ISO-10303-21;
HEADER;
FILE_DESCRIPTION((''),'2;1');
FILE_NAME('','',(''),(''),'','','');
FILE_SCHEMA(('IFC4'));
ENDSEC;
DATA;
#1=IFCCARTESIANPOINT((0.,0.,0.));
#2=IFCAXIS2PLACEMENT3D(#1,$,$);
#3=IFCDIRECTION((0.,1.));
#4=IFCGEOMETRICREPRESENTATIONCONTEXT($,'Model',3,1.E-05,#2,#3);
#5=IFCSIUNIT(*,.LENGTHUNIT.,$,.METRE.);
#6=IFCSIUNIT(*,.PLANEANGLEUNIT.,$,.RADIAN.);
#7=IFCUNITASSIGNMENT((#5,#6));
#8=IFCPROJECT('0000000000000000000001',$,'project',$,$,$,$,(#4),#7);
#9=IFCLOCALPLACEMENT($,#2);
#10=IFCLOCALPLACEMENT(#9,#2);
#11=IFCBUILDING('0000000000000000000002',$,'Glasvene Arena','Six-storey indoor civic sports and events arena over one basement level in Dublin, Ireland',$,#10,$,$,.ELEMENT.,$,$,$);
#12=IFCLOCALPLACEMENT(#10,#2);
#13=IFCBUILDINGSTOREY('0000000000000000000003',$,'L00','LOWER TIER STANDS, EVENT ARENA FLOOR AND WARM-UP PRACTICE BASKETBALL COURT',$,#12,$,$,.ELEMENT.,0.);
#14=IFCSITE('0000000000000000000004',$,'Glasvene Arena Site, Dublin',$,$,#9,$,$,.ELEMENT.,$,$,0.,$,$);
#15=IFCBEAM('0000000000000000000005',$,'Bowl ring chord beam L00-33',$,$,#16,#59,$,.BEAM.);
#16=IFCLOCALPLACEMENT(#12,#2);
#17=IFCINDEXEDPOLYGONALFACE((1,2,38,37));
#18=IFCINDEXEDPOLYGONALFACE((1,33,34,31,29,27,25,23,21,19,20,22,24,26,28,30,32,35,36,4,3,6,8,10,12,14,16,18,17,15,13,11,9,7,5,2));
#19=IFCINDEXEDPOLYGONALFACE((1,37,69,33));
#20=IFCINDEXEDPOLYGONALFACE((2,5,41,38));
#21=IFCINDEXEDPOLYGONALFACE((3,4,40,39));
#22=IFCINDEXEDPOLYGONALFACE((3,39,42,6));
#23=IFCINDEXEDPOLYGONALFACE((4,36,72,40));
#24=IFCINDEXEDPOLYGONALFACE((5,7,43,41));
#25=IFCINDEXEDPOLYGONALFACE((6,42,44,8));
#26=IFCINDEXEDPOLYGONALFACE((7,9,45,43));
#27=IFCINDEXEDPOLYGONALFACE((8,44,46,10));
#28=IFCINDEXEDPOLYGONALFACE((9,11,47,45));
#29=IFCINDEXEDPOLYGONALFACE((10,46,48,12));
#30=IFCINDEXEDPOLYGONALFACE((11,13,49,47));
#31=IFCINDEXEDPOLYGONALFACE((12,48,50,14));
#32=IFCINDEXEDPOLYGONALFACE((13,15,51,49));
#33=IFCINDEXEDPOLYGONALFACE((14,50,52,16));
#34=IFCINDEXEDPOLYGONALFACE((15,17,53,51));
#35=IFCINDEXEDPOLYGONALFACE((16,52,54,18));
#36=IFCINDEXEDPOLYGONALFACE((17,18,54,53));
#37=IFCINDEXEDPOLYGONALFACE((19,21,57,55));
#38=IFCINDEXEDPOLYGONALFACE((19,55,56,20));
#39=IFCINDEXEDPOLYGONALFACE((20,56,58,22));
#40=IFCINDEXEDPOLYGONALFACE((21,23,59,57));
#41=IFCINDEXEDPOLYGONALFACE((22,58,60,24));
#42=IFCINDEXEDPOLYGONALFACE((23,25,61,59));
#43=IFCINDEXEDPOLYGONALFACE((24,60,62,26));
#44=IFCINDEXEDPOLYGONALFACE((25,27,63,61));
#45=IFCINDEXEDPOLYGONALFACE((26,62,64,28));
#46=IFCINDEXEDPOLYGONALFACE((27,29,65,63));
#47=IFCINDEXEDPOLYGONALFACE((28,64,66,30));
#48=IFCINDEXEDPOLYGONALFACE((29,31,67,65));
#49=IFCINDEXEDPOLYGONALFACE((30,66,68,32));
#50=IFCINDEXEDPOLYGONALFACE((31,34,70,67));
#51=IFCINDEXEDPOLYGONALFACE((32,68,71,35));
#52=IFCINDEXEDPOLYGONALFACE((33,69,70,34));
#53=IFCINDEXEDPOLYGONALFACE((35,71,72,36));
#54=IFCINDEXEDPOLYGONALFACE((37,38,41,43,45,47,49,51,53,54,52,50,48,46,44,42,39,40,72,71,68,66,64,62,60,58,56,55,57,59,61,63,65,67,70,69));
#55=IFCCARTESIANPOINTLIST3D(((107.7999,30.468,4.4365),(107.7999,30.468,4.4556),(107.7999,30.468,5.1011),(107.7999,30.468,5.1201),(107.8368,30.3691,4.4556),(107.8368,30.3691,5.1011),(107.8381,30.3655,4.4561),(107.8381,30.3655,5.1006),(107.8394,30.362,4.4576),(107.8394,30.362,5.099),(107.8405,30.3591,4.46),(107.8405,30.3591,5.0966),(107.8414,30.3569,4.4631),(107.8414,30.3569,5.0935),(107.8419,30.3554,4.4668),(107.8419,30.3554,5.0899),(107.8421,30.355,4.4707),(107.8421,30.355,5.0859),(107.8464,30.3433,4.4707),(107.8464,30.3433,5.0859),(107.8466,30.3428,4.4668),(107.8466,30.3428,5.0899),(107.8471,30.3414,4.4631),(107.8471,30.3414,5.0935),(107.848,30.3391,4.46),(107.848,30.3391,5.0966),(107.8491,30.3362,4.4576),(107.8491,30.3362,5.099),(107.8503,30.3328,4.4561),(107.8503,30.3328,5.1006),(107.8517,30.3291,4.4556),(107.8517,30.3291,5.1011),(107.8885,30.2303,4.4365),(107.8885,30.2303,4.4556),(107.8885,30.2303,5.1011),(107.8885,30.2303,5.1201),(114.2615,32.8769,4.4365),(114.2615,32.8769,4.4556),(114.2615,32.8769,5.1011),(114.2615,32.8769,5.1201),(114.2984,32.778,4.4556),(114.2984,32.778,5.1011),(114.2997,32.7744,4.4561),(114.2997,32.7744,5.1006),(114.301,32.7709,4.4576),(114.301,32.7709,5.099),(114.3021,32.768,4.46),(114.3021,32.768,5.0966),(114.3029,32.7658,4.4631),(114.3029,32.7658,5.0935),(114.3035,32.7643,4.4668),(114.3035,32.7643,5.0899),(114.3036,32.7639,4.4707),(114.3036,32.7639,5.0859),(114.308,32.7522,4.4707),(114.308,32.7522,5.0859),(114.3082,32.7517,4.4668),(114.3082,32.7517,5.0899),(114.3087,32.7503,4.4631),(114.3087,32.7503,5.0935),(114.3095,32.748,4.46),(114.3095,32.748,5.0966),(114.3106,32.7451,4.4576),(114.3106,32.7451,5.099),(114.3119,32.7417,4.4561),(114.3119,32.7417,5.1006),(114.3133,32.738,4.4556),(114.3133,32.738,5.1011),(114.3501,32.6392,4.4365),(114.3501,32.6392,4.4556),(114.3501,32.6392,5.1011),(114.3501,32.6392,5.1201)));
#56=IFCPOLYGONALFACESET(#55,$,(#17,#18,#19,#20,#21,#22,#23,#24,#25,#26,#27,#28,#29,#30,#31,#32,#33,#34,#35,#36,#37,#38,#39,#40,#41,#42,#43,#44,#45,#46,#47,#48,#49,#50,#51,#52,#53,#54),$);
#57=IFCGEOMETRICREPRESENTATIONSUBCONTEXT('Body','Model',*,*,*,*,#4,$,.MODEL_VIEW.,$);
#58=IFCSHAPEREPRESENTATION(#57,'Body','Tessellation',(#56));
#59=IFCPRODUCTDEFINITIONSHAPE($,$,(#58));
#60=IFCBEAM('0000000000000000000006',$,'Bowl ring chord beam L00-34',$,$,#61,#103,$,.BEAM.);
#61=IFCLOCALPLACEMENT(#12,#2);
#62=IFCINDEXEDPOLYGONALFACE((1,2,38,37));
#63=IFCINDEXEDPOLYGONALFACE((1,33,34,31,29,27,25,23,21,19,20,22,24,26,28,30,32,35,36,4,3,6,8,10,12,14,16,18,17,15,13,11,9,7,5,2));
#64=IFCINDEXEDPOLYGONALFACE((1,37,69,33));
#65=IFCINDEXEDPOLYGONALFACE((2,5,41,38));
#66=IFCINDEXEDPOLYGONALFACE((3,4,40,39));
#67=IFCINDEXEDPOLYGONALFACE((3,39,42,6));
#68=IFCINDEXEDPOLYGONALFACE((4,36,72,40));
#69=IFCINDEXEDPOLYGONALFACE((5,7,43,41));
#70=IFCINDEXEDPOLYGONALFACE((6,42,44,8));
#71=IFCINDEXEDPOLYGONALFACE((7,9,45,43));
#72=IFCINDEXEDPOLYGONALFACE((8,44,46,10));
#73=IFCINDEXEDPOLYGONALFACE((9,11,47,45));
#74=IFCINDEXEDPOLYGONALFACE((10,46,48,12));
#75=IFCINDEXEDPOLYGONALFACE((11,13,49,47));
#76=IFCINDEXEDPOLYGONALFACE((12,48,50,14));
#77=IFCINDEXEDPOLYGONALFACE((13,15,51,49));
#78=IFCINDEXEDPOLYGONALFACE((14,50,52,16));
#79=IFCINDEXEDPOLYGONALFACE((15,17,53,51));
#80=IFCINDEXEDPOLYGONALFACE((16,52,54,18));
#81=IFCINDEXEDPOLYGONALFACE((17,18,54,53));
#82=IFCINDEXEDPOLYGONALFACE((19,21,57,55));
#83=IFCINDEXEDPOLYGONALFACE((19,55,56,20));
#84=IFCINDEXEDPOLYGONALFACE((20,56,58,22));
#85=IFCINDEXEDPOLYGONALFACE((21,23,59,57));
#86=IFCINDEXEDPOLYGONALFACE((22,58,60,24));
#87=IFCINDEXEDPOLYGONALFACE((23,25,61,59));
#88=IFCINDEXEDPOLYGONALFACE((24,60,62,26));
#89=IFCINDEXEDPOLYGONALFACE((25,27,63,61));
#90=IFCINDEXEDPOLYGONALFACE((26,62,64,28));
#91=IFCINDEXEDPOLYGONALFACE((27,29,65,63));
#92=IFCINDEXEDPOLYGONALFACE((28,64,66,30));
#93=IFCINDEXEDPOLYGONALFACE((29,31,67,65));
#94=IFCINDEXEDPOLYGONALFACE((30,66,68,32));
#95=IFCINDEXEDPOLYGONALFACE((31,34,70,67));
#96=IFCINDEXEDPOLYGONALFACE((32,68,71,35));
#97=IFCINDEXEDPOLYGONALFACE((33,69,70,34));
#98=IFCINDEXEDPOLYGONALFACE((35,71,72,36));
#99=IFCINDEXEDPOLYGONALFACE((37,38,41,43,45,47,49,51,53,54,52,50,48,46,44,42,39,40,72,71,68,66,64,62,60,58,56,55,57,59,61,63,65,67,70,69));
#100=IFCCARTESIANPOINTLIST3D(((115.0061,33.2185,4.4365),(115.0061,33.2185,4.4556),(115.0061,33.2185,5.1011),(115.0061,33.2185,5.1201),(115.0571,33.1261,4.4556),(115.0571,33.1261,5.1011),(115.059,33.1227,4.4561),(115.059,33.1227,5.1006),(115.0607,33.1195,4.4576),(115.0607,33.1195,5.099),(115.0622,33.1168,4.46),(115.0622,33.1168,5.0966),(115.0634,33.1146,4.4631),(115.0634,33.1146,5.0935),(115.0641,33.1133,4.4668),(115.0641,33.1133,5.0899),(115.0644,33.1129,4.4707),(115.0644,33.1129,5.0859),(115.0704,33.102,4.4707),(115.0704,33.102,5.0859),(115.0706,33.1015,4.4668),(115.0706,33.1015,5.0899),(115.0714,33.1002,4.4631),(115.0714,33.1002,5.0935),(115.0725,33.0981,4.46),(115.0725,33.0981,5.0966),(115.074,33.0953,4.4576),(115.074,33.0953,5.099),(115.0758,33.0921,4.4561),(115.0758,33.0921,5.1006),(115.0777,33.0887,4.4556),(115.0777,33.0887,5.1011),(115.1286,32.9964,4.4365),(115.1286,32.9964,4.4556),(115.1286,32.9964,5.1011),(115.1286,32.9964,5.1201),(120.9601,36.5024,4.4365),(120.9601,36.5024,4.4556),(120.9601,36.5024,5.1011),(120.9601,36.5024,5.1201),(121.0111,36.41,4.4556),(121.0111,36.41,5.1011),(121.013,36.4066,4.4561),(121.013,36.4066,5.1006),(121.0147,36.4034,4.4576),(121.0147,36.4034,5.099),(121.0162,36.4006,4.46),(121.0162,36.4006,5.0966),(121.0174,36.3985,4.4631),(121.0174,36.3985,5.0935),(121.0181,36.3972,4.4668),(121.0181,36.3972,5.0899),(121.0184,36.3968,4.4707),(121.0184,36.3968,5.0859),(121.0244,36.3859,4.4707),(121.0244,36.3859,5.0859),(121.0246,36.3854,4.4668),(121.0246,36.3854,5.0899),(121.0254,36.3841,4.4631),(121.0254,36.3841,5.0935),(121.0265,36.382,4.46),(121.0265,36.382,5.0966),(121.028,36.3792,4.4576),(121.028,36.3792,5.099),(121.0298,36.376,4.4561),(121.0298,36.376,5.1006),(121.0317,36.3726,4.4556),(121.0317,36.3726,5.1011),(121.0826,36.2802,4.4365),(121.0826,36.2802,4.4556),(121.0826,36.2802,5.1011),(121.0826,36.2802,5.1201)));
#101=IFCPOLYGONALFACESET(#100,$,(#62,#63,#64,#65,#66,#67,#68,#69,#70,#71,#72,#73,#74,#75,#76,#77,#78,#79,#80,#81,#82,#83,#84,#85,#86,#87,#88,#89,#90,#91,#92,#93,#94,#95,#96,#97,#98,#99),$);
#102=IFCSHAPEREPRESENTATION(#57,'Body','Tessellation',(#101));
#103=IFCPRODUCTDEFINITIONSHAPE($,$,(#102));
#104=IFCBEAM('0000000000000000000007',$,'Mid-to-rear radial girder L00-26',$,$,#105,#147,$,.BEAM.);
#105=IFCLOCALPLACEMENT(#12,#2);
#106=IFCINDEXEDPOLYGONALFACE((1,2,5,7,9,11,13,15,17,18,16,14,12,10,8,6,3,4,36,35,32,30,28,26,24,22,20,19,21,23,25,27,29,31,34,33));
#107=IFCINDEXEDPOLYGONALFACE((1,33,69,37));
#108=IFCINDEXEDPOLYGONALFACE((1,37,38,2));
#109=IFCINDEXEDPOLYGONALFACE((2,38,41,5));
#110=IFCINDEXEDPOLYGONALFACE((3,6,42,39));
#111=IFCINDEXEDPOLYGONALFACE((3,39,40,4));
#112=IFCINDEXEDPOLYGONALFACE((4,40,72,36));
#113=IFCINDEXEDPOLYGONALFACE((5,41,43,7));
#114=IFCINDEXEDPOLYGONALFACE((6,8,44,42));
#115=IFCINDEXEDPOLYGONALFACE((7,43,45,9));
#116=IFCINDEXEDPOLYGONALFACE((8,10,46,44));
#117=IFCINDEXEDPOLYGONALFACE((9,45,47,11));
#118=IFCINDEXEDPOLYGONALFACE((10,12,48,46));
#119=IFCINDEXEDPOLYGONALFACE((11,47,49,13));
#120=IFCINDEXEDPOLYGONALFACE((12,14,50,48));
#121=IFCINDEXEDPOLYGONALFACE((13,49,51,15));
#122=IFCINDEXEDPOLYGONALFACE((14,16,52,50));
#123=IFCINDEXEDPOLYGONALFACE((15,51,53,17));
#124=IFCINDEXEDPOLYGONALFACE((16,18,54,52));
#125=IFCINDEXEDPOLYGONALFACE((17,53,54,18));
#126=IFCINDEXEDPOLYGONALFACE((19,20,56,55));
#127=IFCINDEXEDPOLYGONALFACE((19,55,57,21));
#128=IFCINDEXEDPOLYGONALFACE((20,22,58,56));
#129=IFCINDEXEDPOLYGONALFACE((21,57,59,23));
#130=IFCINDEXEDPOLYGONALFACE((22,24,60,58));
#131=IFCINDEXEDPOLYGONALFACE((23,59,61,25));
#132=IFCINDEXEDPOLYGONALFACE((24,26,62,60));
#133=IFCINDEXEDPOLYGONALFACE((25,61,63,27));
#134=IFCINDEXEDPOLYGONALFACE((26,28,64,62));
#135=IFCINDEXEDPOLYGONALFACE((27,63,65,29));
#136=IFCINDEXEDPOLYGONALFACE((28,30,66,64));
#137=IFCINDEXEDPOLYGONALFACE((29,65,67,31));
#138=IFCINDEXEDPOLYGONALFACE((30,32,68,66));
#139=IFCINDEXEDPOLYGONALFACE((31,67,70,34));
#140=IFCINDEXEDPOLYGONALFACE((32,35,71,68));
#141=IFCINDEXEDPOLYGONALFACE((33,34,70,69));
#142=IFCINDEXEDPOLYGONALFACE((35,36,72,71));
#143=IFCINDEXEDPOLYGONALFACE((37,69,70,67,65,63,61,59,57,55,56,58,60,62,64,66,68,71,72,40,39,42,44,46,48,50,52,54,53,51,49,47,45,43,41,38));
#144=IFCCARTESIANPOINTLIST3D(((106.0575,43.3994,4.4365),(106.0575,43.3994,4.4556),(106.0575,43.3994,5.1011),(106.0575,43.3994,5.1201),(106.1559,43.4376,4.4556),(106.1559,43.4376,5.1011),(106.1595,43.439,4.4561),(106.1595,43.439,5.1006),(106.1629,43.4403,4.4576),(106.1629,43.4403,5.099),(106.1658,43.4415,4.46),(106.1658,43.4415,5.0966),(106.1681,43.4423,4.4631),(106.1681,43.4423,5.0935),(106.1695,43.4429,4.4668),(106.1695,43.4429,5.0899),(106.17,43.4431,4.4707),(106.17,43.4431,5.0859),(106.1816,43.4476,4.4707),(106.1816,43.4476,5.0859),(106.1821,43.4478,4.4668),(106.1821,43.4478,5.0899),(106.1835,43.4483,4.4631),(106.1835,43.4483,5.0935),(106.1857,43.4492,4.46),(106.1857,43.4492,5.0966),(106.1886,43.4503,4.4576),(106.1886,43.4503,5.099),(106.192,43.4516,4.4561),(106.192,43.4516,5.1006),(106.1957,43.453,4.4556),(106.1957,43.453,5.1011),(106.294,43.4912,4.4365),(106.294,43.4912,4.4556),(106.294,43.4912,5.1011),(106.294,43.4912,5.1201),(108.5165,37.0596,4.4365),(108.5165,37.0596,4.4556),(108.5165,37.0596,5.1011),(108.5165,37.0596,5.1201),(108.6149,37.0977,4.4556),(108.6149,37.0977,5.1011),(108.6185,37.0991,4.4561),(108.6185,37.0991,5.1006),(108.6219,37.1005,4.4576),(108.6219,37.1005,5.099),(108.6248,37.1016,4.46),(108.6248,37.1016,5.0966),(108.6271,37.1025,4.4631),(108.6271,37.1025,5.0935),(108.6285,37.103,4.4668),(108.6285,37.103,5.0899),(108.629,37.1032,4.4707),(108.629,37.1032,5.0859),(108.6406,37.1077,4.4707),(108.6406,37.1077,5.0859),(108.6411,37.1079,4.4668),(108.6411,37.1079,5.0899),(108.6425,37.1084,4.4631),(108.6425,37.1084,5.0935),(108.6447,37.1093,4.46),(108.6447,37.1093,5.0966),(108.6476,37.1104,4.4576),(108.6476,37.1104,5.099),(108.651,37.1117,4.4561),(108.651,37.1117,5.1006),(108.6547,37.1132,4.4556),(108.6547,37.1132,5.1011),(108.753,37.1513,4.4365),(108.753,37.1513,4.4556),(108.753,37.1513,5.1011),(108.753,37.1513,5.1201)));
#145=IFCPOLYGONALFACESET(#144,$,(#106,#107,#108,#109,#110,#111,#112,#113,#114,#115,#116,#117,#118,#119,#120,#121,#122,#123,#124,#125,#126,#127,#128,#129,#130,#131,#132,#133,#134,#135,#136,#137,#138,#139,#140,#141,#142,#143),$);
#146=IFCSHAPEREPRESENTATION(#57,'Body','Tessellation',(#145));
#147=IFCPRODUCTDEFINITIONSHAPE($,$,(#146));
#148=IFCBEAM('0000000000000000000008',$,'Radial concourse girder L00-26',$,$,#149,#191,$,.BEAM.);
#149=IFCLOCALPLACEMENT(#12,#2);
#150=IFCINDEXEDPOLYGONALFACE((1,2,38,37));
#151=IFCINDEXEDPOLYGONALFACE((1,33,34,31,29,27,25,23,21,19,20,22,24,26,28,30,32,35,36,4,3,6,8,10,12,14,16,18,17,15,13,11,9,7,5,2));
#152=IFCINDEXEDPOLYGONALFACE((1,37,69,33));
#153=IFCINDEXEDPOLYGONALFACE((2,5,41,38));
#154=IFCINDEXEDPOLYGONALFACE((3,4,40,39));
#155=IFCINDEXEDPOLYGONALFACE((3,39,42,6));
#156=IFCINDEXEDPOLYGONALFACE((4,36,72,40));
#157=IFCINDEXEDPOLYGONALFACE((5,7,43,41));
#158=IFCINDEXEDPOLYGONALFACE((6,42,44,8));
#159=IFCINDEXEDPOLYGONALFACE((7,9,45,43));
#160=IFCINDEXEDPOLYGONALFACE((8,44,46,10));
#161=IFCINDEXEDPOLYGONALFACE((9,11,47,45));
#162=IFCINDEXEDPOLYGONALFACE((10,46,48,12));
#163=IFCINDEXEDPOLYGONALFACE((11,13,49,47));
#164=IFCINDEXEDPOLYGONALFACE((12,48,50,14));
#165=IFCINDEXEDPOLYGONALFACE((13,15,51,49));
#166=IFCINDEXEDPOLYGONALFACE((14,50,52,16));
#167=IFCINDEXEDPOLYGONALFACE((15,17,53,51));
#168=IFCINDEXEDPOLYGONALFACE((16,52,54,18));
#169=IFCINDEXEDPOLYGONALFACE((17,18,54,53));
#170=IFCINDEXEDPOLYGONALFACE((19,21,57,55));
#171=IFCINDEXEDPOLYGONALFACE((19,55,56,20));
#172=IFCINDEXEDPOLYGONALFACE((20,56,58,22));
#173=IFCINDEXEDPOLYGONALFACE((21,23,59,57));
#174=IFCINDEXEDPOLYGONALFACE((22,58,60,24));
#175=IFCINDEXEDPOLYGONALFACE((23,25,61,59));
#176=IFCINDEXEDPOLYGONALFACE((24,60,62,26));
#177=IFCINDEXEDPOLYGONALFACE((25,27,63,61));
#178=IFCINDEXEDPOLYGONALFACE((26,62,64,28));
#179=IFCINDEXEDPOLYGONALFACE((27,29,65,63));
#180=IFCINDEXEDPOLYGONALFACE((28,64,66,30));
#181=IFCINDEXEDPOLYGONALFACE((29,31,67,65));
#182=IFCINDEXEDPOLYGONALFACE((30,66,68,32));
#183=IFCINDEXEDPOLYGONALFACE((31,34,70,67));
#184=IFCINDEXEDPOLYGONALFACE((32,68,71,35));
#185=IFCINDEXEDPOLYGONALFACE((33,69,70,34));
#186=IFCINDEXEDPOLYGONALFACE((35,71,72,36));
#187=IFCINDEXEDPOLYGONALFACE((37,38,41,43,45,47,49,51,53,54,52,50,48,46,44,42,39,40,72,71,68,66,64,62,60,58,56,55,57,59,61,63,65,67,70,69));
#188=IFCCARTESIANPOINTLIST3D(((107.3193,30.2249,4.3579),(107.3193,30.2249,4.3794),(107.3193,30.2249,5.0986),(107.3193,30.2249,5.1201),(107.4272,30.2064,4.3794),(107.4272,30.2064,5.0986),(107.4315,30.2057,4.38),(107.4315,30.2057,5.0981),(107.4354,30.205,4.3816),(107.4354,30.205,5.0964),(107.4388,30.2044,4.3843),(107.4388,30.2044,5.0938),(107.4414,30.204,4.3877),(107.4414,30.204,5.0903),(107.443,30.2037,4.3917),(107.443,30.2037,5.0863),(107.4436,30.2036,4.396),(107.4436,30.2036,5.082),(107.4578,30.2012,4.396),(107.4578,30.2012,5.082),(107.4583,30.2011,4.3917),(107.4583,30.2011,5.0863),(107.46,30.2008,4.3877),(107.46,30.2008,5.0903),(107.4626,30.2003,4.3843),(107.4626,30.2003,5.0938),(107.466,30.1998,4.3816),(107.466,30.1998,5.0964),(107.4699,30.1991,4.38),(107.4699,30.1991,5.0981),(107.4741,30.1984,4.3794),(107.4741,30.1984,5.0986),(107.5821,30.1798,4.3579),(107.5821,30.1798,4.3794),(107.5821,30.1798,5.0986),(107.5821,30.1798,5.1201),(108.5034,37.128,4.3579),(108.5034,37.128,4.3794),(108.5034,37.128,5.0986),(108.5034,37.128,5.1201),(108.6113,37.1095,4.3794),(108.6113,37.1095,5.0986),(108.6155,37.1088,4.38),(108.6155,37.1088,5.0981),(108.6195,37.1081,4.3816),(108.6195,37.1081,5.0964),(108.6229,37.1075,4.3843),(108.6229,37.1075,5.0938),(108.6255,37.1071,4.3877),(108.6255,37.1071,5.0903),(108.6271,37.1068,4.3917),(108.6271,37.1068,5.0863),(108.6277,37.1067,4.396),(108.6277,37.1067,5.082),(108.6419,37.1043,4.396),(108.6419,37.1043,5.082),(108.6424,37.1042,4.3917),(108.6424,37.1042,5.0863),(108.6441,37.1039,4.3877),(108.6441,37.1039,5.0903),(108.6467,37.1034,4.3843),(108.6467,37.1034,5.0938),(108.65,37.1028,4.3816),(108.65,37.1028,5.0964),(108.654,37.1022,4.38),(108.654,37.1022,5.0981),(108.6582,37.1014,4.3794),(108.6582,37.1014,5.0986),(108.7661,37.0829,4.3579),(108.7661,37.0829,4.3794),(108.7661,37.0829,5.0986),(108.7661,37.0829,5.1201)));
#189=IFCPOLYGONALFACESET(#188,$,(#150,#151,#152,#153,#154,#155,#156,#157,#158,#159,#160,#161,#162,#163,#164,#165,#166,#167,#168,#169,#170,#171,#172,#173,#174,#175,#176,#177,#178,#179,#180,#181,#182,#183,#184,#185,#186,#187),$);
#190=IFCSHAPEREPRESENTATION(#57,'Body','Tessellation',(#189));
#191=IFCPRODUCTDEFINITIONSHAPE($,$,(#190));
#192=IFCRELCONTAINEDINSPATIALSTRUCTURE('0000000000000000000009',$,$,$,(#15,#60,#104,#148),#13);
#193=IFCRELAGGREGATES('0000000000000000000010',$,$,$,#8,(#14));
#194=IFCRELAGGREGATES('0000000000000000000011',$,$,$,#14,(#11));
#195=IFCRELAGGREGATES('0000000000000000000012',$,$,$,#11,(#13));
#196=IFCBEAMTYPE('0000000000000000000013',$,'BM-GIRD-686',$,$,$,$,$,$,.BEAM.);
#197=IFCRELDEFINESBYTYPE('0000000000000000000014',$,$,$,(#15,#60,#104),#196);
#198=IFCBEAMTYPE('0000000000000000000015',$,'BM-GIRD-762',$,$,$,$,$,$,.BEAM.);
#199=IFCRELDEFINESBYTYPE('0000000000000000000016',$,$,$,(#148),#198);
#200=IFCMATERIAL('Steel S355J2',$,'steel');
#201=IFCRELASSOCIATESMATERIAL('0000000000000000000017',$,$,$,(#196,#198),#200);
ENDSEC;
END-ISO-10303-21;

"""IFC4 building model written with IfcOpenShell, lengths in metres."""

from ifc_helpers import new_model, si_unit, direction, frame, origin, origin_2d, place, context, subcontext, project, spatial, i_section, extrude, material, material_profile, profile_set, type_object, element, save


model = new_model("IFC4")

# Units and contexts
model_context = context("Model", 3, precision=1e-05, world=origin(), true_north=direction((0.0, 1.0)))
body_context = subcontext(model_context, "Body", "Model", "MODEL_VIEW")
ifc_project = project(units=[si_unit("LENGTHUNIT", "METRE"), si_unit("PLANEANGLEUNIT", "RADIAN")], contexts=[model_context])

# Site, building, storey
site_placement = place(None, origin())
site = spatial("IfcSite", under=ifc_project, at=site_placement, Name="Glasvene Arena Site, Dublin", CompositionType="ELEMENT", RefElevation=0.0)
building_placement = place(site_placement, origin())
building = spatial("IfcBuilding", under=site, at=building_placement, Name="Glasvene Arena", Description="Six-storey indoor civic sports and events arena over one basement level in Dublin, Ireland", CompositionType="ELEMENT")
storey_placement = place(building_placement, origin())
storey = spatial("IfcBuildingStorey", under=building, at=storey_placement, Name="L00", Description="LOWER TIER STANDS, EVENT ARENA FLOOR AND WARM-UP PRACTICE BASKETBALL COURT", CompositionType="ELEMENT", Elevation=0.0)

# Shared definitions
ifc_material_1 = material(Name="Steel S355J2", Category="steel")

# Beams
ifc_material_profile_1 = material_profile(ifc_material_1, i_section(OverallWidth=0.2537, OverallDepth=0.6836, WebThickness=0.0125, FlangeThickness=0.019, FilletRadius=0.0151, at=origin_2d()), Name="UKB 686x254x140")
ifc_profile_set_1 = profile_set([ifc_material_profile_1], Name="Steel S355J2")
beam_type_1 = type_object("IfcBeamType", Name="BM-GIRD-686", PredefinedType="BEAM", material=ifc_profile_set_1)
beam_1_placement = place(storey_placement, frame((107.8442, 30.3491, 4.7783), z_axis=(0.937004, 0.349319, 0.0), x_axis=(-0.349319, 0.937004, 0.0)))
element("IfcBeam", 1, at=beam_1_placement, inside=storey, type_object=beam_type_1, Name="Bowl ring chord beam L00-33", PredefinedType="BEAM", context=body_context, shape_type="SweptSolid", body=[
    extrude(i_section(OverallWidth=0.2537, OverallDepth=0.6836, WebThickness=0.0125, FlangeThickness=0.019, FilletRadius=0.0151, at=origin_2d()), origin(), (0.0, 0.0, 1.0), 6.896),
])
beam_2_placement = place(storey_placement, frame((115.0674, 33.1074, 4.7783), z_axis=(0.875645, 0.482955, 0.0), x_axis=(-0.482955, 0.875645, 0.0)))
element("IfcBeam", 2, at=beam_2_placement, inside=storey, type_object=beam_type_1, Name="Bowl ring chord beam L00-34", PredefinedType="BEAM", context=body_context, shape_type="SweptSolid", body=[
    extrude(i_section(OverallWidth=0.2537, OverallDepth=0.6836, WebThickness=0.0125, FlangeThickness=0.019, FilletRadius=0.0151, at=origin_2d()), origin(), (0.0, 0.0, 1.0), 6.7996),
])
beam_3_placement = place(storey_placement, frame((106.1758, 43.4453, 4.7783), z_axis=(0.361614, -0.932328, 0.0), x_axis=(0.932328, 0.361614, 0.0)))
element("IfcBeam", 3, at=beam_3_placement, inside=storey, type_object=beam_type_1, Name="Mid-to-rear radial girder L00-26", PredefinedType="BEAM", context=body_context, shape_type="SweptSolid", body=[
    extrude(i_section(OverallWidth=0.2537, OverallDepth=0.6836, WebThickness=0.0125, FlangeThickness=0.019, FilletRadius=0.0151, at=origin_2d()), origin(), (0.0, 0.0, 1.0), 6.8),
])
ifc_material_profile_2 = material_profile(ifc_material_1, i_section(OverallWidth=0.2666, OverallDepth=0.7622, WebThickness=0.0144, FlangeThickness=0.0215, FilletRadius=0.0166, at=origin_2d()), Name="UKB 762x267x173")
ifc_profile_set_2 = profile_set([ifc_material_profile_2], Name="Steel S355J2")
beam_type_2 = type_object("IfcBeamType", Name="BM-GIRD-762", PredefinedType="BEAM", material=ifc_profile_set_2)
beam_4_placement = place(storey_placement, frame((108.6348, 37.1055, 4.739), z_axis=(-0.169061, -0.985606, 0.0), x_axis=(0.985606, -0.169061, 0.0)))
element("IfcBeam", 4, at=beam_4_placement, inside=storey, type_object=beam_type_2, Name="Radial concourse girder L00-26", PredefinedType="BEAM", context=body_context, shape_type="SweptSolid", body=[
    extrude(i_section(OverallWidth=0.2666, OverallDepth=0.7622, WebThickness=0.0144, FlangeThickness=0.0215, FilletRadius=0.0166, at=origin_2d()), origin(), (0.0, 0.0, 1.0), 7.0039),
])

save(model, "model.ifc")
